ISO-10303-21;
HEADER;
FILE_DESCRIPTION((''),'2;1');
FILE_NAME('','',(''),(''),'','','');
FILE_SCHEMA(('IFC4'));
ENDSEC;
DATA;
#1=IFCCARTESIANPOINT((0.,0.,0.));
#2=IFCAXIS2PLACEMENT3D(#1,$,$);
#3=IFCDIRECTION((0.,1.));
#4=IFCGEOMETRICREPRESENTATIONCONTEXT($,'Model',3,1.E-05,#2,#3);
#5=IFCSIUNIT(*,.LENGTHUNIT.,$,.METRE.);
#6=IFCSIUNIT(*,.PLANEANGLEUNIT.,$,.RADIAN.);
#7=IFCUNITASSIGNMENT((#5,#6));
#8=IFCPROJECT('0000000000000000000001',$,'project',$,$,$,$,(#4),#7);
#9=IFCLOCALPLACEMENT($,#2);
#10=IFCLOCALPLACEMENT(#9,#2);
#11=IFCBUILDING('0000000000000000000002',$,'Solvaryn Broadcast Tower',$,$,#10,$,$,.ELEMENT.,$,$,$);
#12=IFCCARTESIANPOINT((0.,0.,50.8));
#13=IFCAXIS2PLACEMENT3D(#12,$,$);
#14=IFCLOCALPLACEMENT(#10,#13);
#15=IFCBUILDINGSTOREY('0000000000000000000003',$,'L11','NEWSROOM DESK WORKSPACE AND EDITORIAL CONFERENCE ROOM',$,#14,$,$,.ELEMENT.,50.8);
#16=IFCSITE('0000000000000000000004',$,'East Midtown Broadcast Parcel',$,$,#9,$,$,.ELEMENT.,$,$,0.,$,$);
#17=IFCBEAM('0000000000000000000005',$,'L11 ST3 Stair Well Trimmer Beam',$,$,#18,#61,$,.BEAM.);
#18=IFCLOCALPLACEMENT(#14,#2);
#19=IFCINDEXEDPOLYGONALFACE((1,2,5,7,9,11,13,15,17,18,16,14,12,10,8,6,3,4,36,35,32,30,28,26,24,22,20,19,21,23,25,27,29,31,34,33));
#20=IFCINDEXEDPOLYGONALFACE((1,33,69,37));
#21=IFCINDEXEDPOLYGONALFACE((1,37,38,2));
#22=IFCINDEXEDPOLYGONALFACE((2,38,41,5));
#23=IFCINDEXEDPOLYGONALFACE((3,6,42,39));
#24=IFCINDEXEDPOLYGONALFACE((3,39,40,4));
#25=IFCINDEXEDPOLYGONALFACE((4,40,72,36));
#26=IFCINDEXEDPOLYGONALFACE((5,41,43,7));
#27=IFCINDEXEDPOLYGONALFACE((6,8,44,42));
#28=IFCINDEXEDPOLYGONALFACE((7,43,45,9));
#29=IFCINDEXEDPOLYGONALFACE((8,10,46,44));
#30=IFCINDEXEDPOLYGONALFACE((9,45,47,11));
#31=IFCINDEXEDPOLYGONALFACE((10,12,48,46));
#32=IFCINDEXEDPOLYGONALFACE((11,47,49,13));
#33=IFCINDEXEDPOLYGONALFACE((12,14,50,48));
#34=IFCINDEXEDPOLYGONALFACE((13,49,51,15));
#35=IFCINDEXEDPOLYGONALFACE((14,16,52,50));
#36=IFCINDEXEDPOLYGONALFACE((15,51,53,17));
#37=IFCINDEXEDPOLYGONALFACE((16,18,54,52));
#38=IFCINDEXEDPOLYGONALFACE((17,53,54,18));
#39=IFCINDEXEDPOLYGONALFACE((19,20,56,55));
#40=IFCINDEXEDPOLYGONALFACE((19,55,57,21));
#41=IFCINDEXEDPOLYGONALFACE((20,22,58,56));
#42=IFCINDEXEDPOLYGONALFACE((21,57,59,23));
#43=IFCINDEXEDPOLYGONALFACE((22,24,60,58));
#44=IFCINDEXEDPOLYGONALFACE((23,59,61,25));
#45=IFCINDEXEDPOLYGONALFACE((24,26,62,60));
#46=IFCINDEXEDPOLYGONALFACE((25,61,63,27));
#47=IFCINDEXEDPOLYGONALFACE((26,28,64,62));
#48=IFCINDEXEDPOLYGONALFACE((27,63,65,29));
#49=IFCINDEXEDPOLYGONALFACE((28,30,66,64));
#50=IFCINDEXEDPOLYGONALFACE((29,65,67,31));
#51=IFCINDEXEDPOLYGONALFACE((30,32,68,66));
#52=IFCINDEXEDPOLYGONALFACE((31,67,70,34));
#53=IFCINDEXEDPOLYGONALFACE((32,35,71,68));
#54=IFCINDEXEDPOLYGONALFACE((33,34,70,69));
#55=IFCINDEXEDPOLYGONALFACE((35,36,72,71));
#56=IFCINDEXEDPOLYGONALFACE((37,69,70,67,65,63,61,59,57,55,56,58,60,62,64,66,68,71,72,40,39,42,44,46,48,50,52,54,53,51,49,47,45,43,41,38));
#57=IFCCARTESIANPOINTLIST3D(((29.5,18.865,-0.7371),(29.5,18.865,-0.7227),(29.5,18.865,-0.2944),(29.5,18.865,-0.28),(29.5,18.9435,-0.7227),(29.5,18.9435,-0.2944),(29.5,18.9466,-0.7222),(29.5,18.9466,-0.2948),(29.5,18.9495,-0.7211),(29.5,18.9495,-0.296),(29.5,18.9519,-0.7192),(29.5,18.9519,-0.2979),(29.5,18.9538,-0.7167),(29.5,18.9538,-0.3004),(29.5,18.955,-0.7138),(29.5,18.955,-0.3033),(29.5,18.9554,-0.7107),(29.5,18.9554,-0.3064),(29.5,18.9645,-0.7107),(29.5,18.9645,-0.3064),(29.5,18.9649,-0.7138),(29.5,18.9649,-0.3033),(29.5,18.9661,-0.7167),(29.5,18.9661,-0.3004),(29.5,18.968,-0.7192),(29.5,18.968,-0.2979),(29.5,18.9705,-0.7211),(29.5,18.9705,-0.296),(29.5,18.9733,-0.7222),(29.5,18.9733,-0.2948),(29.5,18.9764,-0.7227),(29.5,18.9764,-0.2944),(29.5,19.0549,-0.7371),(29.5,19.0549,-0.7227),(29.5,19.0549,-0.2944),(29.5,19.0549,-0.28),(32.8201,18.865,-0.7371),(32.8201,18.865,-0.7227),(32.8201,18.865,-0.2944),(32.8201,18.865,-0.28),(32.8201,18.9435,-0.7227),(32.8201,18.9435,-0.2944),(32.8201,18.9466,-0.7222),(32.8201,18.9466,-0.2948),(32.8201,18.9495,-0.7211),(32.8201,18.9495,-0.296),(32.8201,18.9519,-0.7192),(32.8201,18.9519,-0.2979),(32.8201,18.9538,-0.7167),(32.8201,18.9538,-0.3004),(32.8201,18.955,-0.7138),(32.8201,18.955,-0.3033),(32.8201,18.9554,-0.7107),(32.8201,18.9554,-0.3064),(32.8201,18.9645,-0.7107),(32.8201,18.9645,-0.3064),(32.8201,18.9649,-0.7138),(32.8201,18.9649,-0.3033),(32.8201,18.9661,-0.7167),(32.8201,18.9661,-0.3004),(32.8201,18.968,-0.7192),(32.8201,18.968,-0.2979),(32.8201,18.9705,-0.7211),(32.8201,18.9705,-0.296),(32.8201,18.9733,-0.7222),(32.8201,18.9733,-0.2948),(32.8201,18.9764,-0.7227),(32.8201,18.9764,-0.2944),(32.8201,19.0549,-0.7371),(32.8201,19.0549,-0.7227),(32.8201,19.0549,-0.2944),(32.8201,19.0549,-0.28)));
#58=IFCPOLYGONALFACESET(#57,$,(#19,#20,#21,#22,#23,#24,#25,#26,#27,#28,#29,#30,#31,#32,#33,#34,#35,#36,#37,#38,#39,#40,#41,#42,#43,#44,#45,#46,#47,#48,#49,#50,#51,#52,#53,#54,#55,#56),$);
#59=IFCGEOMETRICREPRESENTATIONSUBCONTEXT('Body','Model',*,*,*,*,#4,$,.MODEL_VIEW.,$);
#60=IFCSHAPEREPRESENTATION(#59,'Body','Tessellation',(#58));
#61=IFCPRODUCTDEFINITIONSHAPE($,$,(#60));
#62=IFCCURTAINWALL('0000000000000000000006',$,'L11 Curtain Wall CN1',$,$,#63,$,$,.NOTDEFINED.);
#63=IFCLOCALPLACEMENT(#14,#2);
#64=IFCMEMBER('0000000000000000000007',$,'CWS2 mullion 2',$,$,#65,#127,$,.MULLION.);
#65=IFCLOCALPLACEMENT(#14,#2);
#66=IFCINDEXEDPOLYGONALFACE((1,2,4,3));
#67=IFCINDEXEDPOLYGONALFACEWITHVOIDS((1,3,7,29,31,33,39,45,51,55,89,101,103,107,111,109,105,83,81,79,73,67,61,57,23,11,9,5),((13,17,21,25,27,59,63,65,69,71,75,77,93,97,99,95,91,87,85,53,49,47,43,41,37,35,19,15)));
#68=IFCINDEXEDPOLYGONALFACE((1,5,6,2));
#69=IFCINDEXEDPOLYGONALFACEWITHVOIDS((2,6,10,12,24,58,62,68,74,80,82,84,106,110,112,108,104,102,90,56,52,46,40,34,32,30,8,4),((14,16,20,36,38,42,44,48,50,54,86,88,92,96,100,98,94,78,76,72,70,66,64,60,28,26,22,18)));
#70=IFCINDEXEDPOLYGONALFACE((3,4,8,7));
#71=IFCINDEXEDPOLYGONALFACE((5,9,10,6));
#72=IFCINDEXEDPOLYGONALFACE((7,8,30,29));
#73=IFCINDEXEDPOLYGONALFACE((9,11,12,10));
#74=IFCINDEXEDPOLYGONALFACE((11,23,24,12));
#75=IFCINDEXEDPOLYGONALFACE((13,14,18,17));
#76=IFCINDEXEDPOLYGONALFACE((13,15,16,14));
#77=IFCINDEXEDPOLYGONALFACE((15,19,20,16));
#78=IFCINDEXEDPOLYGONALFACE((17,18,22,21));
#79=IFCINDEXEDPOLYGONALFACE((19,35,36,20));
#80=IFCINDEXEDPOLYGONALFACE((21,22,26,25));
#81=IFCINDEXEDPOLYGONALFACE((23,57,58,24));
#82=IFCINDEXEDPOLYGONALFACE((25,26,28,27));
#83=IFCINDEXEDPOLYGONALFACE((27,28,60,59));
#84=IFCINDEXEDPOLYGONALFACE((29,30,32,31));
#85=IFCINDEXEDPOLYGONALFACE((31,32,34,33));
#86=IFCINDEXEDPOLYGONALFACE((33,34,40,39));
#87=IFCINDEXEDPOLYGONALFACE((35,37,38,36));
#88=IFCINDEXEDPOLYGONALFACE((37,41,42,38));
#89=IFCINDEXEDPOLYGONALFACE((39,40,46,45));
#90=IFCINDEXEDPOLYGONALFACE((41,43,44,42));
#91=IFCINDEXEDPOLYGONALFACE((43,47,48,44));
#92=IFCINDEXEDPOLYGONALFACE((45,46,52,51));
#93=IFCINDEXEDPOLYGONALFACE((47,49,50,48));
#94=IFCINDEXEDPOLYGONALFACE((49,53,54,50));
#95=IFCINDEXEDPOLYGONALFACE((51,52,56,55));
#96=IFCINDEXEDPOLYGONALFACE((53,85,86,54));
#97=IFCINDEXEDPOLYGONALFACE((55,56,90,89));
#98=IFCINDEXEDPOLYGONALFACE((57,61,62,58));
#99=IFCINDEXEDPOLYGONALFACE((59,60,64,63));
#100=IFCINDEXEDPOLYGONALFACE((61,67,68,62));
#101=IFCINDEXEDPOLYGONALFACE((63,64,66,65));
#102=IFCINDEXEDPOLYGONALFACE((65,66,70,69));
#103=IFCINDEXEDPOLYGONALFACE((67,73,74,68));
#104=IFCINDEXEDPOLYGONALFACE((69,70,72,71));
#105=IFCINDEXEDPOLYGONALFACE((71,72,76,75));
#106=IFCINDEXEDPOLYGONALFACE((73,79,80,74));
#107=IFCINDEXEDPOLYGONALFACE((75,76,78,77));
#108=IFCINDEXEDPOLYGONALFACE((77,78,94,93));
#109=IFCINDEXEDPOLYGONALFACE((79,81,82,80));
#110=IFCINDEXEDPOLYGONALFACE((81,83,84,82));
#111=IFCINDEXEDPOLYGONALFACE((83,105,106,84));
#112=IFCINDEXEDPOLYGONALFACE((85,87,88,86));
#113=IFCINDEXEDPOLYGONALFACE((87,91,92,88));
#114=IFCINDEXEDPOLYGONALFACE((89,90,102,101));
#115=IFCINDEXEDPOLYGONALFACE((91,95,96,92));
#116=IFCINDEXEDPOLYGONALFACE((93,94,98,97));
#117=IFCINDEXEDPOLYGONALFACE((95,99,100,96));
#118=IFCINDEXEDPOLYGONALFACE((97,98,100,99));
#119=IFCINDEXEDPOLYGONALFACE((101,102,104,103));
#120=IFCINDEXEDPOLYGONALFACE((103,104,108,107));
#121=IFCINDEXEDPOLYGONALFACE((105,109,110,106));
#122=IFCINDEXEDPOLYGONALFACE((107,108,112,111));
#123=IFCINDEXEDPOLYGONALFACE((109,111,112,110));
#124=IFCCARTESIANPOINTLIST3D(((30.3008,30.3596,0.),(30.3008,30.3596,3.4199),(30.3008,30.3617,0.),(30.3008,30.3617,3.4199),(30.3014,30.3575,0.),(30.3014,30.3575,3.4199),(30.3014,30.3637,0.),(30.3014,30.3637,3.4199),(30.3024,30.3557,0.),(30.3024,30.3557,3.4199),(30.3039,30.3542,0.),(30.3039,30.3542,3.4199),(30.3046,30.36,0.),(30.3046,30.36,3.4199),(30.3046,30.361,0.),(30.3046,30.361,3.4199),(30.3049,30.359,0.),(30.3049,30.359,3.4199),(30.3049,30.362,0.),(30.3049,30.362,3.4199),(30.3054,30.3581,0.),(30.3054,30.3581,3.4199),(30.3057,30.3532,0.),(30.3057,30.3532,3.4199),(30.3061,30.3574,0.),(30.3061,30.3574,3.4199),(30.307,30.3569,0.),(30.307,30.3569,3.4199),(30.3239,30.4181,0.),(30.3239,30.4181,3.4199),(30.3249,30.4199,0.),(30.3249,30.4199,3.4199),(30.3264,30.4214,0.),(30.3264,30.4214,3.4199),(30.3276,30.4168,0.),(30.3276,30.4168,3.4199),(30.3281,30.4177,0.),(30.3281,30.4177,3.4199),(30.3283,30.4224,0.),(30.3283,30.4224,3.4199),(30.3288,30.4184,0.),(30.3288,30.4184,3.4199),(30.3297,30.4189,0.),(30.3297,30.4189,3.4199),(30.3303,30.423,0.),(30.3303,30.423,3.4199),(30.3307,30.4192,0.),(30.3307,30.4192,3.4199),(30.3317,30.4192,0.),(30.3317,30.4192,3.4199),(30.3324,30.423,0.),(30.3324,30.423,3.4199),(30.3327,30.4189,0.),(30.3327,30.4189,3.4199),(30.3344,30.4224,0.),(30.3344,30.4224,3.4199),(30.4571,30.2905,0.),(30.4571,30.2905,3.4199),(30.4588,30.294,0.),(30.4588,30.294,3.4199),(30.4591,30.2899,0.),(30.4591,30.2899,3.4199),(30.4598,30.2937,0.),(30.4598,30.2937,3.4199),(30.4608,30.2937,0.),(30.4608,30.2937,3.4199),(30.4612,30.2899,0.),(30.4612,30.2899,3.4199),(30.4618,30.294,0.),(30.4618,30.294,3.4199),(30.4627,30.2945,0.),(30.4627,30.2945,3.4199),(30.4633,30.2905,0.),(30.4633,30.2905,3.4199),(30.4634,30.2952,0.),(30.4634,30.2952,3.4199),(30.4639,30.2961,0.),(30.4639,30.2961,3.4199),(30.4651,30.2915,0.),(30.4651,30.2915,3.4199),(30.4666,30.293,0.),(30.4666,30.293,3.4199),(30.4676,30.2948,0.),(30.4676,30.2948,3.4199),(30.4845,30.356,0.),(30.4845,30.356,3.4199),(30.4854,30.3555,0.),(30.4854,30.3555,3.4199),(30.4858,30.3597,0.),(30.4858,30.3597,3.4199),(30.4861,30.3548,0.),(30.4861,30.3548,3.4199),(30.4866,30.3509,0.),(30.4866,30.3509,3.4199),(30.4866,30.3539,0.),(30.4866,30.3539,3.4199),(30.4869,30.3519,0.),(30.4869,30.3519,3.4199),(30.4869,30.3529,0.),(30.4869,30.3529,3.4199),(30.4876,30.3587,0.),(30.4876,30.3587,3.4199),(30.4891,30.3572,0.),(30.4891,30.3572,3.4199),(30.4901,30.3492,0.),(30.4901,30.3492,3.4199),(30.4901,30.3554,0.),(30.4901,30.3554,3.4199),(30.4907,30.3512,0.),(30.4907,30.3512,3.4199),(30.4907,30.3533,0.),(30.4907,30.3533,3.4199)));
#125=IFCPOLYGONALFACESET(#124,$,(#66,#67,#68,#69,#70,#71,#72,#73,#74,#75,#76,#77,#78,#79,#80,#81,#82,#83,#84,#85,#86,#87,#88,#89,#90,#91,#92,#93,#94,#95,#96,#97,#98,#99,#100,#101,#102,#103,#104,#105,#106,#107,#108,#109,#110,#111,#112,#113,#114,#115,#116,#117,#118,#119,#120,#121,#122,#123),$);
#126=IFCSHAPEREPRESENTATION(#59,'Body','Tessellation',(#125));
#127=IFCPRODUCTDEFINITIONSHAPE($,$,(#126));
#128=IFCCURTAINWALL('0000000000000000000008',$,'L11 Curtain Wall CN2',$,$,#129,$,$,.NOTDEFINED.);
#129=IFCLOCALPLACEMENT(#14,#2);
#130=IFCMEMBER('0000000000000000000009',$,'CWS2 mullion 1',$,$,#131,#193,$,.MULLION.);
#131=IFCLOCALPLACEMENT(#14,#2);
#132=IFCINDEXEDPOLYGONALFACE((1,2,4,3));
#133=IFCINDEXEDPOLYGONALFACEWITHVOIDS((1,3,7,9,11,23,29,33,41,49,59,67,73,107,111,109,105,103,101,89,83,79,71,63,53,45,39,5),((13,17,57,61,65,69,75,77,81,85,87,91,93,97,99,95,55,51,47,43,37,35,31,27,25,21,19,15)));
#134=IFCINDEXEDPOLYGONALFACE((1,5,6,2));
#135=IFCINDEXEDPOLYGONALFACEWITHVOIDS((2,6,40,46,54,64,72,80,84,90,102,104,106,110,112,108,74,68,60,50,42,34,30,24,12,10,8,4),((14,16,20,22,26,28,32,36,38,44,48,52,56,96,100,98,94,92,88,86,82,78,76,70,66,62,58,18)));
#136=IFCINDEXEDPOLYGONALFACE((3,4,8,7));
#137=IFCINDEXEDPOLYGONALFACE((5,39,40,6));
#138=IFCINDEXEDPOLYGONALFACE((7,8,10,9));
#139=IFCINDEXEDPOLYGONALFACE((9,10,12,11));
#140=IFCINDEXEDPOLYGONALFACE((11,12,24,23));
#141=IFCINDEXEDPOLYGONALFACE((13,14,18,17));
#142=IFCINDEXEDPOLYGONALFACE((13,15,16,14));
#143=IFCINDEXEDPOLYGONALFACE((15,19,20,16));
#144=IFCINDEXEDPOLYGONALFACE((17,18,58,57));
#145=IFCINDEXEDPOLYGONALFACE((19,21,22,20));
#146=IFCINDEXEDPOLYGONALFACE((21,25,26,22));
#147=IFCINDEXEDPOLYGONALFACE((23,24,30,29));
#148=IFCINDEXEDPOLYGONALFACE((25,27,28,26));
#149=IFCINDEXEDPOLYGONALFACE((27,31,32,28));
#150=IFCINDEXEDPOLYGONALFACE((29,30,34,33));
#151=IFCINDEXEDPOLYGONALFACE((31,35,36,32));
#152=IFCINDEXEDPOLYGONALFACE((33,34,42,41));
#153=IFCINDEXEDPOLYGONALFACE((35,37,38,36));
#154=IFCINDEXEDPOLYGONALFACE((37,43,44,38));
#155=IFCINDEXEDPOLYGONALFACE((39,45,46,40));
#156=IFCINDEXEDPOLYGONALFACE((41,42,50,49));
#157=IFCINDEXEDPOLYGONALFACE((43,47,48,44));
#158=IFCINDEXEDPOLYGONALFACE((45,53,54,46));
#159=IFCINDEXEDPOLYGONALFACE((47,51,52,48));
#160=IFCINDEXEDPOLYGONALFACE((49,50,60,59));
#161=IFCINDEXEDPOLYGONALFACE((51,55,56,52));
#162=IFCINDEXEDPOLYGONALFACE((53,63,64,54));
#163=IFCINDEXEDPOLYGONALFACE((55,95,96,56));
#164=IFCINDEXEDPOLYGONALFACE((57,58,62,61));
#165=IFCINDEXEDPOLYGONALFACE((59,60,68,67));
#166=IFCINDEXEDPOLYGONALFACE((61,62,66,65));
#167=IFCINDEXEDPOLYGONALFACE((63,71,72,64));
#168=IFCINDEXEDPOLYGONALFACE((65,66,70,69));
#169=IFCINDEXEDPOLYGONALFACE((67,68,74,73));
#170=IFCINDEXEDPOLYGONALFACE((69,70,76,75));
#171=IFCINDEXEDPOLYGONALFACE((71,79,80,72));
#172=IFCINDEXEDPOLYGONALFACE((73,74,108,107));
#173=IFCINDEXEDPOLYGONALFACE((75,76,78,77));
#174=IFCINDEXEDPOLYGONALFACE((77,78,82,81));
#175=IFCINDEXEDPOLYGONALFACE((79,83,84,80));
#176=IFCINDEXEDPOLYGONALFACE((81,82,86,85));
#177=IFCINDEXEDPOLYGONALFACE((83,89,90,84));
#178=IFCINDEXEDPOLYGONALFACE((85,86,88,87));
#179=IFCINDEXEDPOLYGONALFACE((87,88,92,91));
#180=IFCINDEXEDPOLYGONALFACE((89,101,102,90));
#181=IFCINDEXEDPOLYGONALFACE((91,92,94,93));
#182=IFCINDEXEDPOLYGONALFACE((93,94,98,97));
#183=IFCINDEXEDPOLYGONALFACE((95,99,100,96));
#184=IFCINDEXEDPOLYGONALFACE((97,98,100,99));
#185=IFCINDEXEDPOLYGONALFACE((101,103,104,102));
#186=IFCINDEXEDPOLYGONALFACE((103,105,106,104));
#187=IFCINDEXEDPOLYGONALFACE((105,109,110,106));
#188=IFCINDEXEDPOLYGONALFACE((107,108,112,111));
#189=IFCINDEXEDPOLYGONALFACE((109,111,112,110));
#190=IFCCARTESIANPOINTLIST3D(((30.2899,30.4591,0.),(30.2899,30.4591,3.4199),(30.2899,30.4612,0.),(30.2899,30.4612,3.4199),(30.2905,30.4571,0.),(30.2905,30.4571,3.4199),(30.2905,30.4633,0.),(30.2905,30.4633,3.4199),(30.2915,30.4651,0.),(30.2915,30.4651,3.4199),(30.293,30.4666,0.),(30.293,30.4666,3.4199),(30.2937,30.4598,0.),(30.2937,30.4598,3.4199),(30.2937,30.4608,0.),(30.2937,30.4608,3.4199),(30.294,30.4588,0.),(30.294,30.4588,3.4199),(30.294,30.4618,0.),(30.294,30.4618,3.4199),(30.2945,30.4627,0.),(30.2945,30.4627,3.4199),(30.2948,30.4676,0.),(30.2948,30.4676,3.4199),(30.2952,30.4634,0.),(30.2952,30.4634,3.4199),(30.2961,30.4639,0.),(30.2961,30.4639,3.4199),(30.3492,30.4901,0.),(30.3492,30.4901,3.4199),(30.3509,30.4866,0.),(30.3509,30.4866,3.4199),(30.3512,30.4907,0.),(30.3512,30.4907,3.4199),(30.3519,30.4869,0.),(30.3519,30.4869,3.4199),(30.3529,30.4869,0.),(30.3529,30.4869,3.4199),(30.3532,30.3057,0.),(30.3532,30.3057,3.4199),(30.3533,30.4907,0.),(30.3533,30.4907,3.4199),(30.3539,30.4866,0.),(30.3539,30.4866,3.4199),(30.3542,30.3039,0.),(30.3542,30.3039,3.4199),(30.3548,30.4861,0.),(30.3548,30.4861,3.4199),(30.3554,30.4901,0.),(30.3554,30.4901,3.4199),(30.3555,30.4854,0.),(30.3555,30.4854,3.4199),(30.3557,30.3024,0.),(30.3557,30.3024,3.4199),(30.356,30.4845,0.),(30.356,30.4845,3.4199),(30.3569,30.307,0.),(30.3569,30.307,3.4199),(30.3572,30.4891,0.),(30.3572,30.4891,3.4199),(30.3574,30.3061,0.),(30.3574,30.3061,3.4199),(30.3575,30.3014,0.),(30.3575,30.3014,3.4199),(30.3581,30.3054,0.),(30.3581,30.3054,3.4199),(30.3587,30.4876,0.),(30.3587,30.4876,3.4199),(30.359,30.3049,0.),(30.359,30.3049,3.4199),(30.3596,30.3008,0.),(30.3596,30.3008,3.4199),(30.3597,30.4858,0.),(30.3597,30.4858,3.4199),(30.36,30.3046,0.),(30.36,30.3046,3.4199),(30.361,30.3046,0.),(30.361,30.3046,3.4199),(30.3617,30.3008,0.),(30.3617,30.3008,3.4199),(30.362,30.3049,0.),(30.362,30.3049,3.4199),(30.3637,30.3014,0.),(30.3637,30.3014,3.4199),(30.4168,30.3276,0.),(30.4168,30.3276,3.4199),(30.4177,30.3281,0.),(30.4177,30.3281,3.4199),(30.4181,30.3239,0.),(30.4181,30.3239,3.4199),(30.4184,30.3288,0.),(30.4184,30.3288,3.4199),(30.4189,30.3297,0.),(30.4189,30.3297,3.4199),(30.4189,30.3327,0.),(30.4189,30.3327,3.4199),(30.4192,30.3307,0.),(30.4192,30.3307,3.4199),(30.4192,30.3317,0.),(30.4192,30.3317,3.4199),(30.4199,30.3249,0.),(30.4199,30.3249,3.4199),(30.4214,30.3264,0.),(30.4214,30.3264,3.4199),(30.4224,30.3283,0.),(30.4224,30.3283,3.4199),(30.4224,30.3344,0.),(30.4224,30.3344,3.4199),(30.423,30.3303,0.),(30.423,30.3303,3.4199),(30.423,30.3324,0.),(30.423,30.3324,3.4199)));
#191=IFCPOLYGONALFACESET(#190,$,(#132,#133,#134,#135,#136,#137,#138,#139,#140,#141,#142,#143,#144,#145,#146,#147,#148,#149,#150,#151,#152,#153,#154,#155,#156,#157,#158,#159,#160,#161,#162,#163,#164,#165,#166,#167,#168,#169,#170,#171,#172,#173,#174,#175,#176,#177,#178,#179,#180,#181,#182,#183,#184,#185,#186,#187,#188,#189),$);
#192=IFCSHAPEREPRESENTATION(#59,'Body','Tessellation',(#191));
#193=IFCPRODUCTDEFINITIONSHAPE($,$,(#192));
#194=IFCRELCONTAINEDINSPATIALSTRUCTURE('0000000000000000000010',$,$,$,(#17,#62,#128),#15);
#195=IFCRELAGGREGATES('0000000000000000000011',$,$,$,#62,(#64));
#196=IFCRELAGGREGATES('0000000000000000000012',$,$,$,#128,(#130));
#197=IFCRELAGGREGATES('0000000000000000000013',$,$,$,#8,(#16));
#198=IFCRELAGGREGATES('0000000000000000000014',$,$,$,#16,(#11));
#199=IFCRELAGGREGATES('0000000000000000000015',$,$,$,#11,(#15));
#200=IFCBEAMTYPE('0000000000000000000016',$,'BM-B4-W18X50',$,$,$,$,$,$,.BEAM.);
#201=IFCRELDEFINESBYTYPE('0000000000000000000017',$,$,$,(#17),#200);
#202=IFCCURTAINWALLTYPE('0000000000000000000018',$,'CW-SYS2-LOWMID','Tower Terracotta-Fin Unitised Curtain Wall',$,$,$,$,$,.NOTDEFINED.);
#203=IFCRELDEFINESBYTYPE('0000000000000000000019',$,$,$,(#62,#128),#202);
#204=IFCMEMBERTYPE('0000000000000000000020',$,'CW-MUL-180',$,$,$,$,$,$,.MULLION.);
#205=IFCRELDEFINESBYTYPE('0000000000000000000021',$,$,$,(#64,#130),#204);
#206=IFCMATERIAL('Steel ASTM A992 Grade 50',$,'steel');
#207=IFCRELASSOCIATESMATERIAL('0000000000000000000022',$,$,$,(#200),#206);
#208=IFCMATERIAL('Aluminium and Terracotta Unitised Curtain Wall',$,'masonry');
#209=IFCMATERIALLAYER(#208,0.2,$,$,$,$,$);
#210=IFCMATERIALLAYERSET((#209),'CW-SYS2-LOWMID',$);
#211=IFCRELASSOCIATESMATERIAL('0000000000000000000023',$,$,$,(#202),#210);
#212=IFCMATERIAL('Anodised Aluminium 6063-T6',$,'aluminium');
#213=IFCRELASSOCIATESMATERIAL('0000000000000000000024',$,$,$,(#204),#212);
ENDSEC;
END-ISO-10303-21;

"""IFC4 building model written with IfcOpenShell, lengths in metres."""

from ifc_helpers import new_model, si_unit, direction, frame, origin, origin_2d, place, context, subcontext, project, spatial, hollow_rectangle, i_section, extrude, material, layer, layer_set, material_profile, profile_set, type_object, element, aggregate, save


model = new_model("IFC4")

# Units and contexts
model_context = context("Model", 3, precision=1e-05, world=origin(), true_north=direction((0.0, 1.0)))
body_context = subcontext(model_context, "Body", "Model", "MODEL_VIEW")
ifc_project = project(units=[si_unit("LENGTHUNIT", "METRE"), si_unit("PLANEANGLEUNIT", "RADIAN")], contexts=[model_context])

# Site, building, storey
site_placement = place(None, origin())
site = spatial("IfcSite", under=ifc_project, at=site_placement, Name="East Midtown Broadcast Parcel", CompositionType="ELEMENT", RefElevation=0.0)
building_placement = place(site_placement, origin())
building = spatial("IfcBuilding", under=site, at=building_placement, Name="Solvaryn Broadcast Tower", CompositionType="ELEMENT")
storey_placement = place(building_placement, frame((0.0, 0.0, 50.8)))
storey = spatial("IfcBuildingStorey", under=building, at=storey_placement, Name="L11", Description="NEWSROOM DESK WORKSPACE AND EDITORIAL CONFERENCE ROOM", CompositionType="ELEMENT", Elevation=50.8)

# Beam
ifc_material_1 = material(Name="Steel ASTM A992 Grade 50", Category="steel")
ifc_material_profile_1 = material_profile(ifc_material_1, i_section(OverallWidth=0.1899, OverallDepth=0.457, WebThickness=0.009, FlangeThickness=0.0144, FilletRadius=0.012, at=origin_2d()))
ifc_profile_set_1 = profile_set([ifc_material_profile_1], Name="Steel ASTM A992 Grade 50")
beam_type_1 = type_object("IfcBeamType", Name="BM-B4-W18X50", PredefinedType="BEAM", material=ifc_profile_set_1)
beam_1_placement = place(storey_placement, frame((29.5, 18.96, -0.5085), z_axis=(1.0, 0.0, 0.0), x_axis=(0.0, 1.0, 0.0)))
element("IfcBeam", 1, at=beam_1_placement, inside=storey, type_object=beam_type_1, Name="L11 ST3 Stair Well Trimmer Beam", PredefinedType="BEAM", context=body_context, shape_type="SweptSolid", body=[
    extrude(i_section(OverallWidth=0.1899, OverallDepth=0.457, WebThickness=0.009, FlangeThickness=0.0144, FilletRadius=0.012, at=origin_2d()), origin(), (0.0, 0.0, 1.0), 3.3201),
])

# Curtain wall, member
ifc_material_2 = material(Name="Aluminium and Terracotta Unitised Curtain Wall", Category="masonry")
ifc_layer_1 = layer(ifc_material_2, 0.2)
ifc_layer_set_1 = layer_set([ifc_layer_1], Name="CW-SYS2-LOWMID")
curtain_wall_type = type_object("IfcCurtainWallType", Name="CW-SYS2-LOWMID", Description="Tower Terracotta-Fin Unitised Curtain Wall", PredefinedType="NOTDEFINED", material=ifc_layer_set_1)
curtain_wall_1_placement = place(storey_placement, origin())
curtain_wall_1 = element("IfcCurtainWall", 2, at=curtain_wall_1_placement, inside=storey, type_object=curtain_wall_type, Name="L11 Curtain Wall CN1", PredefinedType="NOTDEFINED")
ifc_material_3 = material(Name="Anodised Aluminium 6063-T6", Category="aluminium")
ifc_material_profile_2 = material_profile(ifc_material_3, hollow_rectangle(XDim=0.075, YDim=0.1799, WallThickness=0.0039, InnerFilletRadius=0.0039, OuterFilletRadius=0.0081, at=origin_2d()))
ifc_profile_set_2 = profile_set([ifc_material_profile_2], Name="Anodised Aluminium 6063-T6")
member_type_1 = type_object("IfcMemberType", Name="CW-MUL-180", PredefinedType="MULLION", material=ifc_profile_set_2)
member_1_placement = place(storey_placement, frame((30.3958, 30.3564, 0.0), z_axis=(0.0, 0.0, 1.0), x_axis=(-0.382646, -0.923895, 0.0)))
member_1 = element("IfcMember", 3, at=member_1_placement, type_object=member_type_1, Name="CWS2 mullion 2", PredefinedType="MULLION", context=body_context, shape_type="SweptSolid", body=[
    extrude(hollow_rectangle(XDim=0.075, YDim=0.1799, WallThickness=0.0039, InnerFilletRadius=0.0039, OuterFilletRadius=0.0081, at=origin_2d()), origin(), (0.0, 0.0, 1.0), 3.4199),
])

# Curtain wall, member
curtain_wall_2_placement = place(storey_placement, origin())
curtain_wall_2 = element("IfcCurtainWall", 4, at=curtain_wall_2_placement, inside=storey, type_object=curtain_wall_type, Name="L11 Curtain Wall CN2", PredefinedType="NOTDEFINED")
member_2_placement = place(storey_placement, frame((30.3564, 30.3958, 0.0), z_axis=(0.0, 0.0, 1.0), x_axis=(-0.923895, -0.382646, 0.0)))
member_2 = element("IfcMember", 5, at=member_2_placement, type_object=member_type_1, Name="CWS2 mullion 1", PredefinedType="MULLION", context=body_context, shape_type="SweptSolid", body=[
    extrude(hollow_rectangle(XDim=0.075, YDim=0.1799, WallThickness=0.0039, InnerFilletRadius=0.0039, OuterFilletRadius=0.0081, at=origin_2d()), origin(), (0.0, 0.0, 1.0), 3.4199),
])

aggregate(curtain_wall_1, [member_1])
aggregate(curtain_wall_2, [member_2])

save(model, "model.ifc")
